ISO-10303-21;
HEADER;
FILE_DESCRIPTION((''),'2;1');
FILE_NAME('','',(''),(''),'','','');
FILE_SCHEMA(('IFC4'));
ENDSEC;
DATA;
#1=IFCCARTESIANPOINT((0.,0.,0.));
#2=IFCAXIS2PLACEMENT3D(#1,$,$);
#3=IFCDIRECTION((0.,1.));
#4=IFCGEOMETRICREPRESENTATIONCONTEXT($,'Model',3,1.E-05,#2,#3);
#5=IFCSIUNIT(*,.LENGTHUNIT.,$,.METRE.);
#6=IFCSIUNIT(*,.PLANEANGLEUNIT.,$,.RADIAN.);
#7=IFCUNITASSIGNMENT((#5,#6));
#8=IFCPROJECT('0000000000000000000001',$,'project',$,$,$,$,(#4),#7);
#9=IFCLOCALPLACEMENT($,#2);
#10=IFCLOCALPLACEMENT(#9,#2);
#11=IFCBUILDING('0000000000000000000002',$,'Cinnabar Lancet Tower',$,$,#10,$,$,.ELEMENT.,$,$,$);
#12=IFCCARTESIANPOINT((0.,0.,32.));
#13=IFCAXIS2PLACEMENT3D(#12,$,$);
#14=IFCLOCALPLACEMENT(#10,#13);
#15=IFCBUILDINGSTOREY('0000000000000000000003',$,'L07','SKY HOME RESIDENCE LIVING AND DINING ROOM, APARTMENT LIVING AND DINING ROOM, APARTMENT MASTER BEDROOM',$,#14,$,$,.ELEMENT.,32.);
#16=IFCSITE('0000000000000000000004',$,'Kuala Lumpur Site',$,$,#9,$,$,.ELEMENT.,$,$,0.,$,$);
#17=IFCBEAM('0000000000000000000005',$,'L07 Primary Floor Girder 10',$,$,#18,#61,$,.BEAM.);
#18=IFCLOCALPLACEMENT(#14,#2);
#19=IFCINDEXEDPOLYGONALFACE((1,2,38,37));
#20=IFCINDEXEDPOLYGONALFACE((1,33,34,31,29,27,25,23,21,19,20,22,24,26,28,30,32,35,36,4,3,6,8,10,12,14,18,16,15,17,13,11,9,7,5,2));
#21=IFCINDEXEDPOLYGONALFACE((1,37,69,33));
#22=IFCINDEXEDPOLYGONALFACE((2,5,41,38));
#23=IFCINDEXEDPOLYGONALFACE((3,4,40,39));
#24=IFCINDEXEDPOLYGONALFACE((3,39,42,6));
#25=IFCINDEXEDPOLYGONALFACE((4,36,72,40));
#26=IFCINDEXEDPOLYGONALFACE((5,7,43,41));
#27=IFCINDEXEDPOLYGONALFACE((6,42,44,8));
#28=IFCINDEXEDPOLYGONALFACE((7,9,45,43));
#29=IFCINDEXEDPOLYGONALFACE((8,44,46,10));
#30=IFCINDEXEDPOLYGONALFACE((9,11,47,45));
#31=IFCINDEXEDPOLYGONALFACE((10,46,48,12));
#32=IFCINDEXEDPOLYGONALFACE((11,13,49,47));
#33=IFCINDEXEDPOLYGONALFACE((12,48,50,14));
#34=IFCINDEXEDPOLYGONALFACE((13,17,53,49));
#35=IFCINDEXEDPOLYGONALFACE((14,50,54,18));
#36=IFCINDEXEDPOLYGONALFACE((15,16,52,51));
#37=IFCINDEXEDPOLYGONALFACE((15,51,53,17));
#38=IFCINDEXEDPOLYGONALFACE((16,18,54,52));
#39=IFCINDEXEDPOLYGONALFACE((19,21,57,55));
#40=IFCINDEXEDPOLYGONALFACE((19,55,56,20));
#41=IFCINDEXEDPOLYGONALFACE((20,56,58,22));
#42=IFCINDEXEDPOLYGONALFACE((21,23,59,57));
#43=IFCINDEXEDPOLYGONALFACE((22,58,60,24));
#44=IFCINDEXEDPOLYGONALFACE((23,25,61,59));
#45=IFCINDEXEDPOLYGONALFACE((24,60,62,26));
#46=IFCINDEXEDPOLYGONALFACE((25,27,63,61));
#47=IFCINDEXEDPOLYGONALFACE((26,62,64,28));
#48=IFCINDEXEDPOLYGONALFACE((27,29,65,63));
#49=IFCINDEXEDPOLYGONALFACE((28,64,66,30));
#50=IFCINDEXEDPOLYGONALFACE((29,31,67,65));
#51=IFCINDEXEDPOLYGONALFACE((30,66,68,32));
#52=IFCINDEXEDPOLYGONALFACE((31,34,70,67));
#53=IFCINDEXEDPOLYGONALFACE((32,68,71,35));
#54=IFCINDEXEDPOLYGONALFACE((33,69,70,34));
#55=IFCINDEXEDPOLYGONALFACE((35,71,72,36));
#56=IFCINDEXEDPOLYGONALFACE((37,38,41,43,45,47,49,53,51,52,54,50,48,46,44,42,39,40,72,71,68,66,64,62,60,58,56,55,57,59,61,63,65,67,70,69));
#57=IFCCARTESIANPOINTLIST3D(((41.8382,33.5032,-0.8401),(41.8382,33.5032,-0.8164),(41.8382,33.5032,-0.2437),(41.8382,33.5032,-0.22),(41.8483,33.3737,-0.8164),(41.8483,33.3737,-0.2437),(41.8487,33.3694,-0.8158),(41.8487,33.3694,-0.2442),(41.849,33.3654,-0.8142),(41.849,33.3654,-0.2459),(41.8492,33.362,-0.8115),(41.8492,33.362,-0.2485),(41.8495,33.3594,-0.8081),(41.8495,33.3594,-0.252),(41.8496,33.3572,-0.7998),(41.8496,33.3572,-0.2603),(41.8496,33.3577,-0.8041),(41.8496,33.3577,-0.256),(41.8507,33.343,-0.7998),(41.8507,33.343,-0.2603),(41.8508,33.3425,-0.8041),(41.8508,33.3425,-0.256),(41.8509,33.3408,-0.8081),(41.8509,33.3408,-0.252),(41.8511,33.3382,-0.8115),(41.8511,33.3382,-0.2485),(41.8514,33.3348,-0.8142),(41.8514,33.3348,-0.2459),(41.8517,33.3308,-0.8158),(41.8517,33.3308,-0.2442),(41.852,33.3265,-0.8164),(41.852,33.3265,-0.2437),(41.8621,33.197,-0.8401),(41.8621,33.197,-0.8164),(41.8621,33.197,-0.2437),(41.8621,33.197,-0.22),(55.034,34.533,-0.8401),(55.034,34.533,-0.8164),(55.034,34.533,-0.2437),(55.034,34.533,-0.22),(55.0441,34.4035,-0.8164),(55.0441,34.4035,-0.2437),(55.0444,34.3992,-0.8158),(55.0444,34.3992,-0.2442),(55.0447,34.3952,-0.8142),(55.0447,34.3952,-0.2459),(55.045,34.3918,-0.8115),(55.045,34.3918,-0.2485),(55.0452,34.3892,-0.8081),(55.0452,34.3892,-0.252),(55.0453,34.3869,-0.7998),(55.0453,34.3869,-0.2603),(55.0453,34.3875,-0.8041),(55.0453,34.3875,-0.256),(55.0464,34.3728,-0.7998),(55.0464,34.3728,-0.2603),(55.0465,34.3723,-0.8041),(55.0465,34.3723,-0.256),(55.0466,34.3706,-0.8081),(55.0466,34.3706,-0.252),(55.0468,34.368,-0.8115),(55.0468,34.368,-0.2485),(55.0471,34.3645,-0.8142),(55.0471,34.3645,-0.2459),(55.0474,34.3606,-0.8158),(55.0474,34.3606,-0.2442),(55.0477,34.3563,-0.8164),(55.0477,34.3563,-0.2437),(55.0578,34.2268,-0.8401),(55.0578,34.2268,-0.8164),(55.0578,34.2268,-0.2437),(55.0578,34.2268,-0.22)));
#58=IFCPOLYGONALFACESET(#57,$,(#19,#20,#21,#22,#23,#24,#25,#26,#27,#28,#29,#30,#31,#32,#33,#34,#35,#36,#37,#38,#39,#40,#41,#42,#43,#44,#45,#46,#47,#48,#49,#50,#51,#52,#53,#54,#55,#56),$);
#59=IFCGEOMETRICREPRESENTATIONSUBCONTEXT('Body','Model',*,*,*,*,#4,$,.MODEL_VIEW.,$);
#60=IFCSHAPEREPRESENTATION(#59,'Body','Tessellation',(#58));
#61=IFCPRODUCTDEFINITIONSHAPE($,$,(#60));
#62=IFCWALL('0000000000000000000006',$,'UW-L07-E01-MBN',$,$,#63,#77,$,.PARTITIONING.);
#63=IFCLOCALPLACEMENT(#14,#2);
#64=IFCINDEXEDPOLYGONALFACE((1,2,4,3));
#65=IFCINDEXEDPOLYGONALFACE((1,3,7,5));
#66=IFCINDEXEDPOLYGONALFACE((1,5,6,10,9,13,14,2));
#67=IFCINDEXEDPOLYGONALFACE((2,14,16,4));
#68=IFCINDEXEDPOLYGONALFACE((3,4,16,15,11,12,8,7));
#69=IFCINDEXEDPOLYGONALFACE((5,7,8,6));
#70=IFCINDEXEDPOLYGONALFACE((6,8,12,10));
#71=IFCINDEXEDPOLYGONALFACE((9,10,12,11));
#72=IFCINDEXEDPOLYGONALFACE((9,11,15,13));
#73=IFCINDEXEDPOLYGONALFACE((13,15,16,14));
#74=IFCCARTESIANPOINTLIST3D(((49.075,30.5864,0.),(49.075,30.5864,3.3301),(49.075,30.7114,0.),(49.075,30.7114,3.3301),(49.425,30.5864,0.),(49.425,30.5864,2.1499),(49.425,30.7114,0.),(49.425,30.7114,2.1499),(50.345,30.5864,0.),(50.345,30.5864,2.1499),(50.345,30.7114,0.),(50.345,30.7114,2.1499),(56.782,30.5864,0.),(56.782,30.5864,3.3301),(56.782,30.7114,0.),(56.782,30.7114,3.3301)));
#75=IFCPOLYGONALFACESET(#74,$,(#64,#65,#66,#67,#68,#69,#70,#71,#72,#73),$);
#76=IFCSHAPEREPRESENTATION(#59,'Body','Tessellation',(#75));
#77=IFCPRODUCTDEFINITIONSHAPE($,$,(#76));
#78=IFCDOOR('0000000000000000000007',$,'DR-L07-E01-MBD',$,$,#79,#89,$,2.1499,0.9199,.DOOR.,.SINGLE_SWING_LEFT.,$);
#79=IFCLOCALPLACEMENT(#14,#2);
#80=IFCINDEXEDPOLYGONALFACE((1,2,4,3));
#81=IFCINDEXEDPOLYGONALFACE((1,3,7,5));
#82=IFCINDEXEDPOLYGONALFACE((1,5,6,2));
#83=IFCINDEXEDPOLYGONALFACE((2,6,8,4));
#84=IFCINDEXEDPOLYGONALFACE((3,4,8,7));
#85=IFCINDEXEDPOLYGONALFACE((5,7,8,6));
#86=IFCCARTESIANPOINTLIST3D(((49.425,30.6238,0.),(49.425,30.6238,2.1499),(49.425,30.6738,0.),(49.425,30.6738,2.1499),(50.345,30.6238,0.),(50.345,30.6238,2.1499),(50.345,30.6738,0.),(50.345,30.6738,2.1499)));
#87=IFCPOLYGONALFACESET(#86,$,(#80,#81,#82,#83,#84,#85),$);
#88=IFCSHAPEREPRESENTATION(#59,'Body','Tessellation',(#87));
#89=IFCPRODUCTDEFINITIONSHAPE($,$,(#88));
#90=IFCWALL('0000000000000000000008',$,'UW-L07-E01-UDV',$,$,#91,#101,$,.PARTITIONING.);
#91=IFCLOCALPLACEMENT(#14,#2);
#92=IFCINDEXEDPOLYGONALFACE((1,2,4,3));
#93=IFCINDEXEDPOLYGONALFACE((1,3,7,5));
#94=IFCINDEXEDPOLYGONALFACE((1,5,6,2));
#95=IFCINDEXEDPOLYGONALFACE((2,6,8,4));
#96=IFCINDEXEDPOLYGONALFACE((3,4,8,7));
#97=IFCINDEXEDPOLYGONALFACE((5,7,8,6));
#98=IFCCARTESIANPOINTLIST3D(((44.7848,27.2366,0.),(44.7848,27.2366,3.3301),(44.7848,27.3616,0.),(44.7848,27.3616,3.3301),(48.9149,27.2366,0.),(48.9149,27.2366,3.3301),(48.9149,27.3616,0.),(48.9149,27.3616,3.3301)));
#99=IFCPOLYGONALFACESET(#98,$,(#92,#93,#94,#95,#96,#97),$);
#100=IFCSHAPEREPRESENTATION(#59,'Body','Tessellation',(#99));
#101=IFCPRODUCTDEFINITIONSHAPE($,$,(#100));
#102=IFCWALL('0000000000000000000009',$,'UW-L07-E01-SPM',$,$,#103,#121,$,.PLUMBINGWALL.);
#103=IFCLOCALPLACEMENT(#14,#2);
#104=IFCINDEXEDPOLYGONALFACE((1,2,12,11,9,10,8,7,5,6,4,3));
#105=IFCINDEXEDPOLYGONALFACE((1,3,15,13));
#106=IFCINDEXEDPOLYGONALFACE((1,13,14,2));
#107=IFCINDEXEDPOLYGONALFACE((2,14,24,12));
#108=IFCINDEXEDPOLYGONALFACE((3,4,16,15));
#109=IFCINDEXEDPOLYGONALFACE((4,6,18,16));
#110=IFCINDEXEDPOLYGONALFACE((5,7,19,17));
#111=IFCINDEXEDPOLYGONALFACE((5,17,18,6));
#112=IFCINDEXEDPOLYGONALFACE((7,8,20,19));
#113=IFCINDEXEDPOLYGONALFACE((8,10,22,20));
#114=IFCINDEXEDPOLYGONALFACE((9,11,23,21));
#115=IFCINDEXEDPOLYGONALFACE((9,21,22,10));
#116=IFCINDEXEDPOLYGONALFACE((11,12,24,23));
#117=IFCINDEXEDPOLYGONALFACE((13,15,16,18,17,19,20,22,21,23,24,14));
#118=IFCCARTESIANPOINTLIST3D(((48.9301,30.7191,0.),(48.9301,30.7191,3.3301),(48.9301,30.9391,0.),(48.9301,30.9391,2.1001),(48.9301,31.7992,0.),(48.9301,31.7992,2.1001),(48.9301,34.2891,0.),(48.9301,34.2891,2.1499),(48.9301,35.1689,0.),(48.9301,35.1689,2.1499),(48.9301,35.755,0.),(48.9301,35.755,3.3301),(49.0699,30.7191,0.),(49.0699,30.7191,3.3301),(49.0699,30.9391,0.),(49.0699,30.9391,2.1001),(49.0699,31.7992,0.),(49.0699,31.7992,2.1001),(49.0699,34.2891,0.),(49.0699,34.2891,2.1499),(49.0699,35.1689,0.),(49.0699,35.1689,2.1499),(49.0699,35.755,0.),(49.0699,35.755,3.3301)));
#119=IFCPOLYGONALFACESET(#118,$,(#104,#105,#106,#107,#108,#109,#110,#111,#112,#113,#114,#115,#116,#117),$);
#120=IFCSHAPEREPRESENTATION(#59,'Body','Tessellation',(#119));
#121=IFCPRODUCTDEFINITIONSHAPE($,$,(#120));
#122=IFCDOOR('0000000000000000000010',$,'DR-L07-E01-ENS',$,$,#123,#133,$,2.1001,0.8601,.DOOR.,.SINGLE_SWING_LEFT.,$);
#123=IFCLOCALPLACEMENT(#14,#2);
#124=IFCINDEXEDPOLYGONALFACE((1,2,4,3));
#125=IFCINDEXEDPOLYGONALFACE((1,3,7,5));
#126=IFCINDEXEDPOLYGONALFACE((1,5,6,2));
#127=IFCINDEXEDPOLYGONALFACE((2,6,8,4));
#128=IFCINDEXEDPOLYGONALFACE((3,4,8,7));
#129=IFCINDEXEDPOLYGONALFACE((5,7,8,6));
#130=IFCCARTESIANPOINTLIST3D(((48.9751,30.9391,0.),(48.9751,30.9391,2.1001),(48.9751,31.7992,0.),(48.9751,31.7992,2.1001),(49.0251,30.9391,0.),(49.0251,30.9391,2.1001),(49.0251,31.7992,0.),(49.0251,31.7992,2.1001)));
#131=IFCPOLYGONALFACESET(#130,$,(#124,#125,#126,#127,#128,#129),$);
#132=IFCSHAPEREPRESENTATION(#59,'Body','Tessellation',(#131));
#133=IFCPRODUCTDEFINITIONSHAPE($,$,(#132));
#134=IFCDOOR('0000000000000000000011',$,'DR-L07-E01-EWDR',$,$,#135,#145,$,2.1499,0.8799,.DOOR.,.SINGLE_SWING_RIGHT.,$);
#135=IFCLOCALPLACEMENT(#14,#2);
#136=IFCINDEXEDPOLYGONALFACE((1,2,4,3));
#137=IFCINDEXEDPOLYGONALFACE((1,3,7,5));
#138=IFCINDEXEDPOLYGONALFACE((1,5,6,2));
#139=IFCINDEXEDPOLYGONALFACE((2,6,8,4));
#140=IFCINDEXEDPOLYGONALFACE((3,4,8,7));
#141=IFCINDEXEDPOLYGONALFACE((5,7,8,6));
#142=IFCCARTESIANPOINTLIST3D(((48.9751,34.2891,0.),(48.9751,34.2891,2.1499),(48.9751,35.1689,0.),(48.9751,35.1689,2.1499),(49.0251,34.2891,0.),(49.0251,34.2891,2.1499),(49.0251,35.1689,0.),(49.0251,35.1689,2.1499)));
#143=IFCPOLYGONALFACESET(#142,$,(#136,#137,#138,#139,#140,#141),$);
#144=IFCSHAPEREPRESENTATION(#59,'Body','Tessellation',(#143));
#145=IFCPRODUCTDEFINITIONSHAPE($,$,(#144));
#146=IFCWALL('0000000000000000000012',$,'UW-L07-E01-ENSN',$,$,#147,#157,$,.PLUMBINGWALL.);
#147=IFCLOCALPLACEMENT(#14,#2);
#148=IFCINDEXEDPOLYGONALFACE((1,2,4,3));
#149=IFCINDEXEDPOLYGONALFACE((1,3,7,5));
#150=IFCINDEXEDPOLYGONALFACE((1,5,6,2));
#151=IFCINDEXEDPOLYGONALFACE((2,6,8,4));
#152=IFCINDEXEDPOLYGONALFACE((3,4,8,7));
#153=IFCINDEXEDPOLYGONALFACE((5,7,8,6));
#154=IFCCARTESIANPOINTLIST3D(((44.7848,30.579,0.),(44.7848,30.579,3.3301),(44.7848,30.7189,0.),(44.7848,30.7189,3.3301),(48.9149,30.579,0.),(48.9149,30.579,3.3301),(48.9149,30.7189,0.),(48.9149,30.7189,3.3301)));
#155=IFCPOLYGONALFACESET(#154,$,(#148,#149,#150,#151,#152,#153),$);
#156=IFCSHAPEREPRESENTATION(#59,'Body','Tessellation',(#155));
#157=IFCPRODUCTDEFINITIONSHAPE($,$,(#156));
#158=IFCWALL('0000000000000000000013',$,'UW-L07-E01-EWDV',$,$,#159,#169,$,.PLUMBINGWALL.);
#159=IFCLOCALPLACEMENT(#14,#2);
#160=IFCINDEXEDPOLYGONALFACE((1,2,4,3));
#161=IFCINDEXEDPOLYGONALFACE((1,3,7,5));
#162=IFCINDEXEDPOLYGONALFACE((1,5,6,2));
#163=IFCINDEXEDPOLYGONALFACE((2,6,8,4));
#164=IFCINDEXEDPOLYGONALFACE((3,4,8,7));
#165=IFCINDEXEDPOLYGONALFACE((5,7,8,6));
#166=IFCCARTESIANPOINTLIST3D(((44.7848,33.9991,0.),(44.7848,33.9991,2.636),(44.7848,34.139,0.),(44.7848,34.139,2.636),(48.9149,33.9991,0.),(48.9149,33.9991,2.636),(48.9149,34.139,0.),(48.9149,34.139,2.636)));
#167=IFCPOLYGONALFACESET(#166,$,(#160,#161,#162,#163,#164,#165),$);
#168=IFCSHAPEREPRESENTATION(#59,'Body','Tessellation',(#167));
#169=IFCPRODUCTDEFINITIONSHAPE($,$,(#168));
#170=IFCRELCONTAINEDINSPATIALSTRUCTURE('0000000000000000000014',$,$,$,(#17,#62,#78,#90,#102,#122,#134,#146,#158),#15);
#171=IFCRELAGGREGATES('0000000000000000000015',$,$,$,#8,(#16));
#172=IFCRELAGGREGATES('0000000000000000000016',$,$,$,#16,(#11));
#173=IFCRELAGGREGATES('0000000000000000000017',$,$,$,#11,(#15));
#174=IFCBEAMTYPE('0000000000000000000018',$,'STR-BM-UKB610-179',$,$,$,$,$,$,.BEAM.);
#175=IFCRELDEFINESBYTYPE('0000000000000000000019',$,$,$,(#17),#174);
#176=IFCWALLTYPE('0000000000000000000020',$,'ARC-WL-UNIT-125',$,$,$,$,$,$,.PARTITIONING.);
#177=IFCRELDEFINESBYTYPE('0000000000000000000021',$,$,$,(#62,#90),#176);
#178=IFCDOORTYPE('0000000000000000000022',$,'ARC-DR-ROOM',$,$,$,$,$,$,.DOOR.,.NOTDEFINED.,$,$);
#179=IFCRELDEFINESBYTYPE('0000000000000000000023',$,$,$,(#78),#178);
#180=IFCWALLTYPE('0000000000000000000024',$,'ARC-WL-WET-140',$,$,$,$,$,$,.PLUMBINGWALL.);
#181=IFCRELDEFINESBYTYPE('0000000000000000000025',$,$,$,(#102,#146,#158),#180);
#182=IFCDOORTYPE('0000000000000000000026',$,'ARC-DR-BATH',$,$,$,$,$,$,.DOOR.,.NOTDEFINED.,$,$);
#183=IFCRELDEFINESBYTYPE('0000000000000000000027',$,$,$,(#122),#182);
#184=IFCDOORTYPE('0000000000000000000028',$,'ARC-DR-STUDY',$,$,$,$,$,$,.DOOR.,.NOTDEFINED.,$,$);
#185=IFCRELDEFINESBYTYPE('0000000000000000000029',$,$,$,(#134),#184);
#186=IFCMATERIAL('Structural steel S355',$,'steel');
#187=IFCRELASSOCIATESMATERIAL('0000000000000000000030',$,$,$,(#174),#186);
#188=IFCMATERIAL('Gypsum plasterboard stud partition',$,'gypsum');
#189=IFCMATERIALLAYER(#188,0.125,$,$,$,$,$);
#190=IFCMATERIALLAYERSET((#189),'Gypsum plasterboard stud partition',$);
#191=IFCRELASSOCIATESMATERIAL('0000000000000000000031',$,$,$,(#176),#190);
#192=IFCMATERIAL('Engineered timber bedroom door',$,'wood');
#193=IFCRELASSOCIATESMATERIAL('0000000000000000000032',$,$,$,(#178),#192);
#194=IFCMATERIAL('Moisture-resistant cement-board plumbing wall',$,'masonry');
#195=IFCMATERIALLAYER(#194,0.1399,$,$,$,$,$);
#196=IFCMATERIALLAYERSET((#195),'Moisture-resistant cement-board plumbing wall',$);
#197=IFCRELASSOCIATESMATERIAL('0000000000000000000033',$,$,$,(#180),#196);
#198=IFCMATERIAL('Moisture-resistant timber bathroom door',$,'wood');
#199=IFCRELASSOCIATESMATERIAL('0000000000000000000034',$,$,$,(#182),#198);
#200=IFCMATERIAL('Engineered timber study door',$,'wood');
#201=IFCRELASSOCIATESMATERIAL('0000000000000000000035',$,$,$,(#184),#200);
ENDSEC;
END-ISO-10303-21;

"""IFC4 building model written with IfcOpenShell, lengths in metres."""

from ifc_helpers import new_model, si_unit, direction, frame, frame_2d, origin, origin_2d, place, context, subcontext, project, spatial, rectangle, i_section, extrude, material, layer, layer_set, material_profile, profile_set, type_object, element, fill, save


model = new_model("IFC4")

# Units and contexts
model_context = context("Model", 3, precision=1e-05, world=origin(), true_north=direction((0.0, 1.0)))
body_context = subcontext(model_context, "Body", "Model", "MODEL_VIEW")
ifc_project = project(units=[si_unit("LENGTHUNIT", "METRE"), si_unit("PLANEANGLEUNIT", "RADIAN")], contexts=[model_context])

# Site, building, storey
site_placement = place(None, origin())
site = spatial("IfcSite", under=ifc_project, at=site_placement, Name="Kuala Lumpur Site", CompositionType="ELEMENT", RefElevation=0.0)
building_placement = place(site_placement, origin())
building = spatial("IfcBuilding", under=site, at=building_placement, Name="Cinnabar Lancet Tower", CompositionType="ELEMENT")
storey_placement = place(building_placement, frame((0.0, 0.0, 32.0)))
storey = spatial("IfcBuildingStorey", under=building, at=storey_placement, Name="L07", Description="SKY HOME RESIDENCE LIVING AND DINING ROOM, APARTMENT LIVING AND DINING ROOM, APARTMENT MASTER BEDROOM", CompositionType="ELEMENT", Elevation=32.0)

# Beam
ifc_material_1 = material(Name="Structural steel S355", Category="steel")
ifc_material_profile_1 = material_profile(ifc_material_1, i_section(OverallWidth=0.3071, OverallDepth=0.6201, WebThickness=0.0142, FlangeThickness=0.0237, FilletRadius=0.0166, at=origin_2d()), Name="UKB 610x305x179")
ifc_profile_set_1 = profile_set([ifc_material_profile_1], Name="Structural steel S355")
beam_type_1 = type_object("IfcBeamType", Name="STR-BM-UKB610-179", PredefinedType="BEAM", material=ifc_profile_set_1)
beam_1_placement = place(storey_placement, frame((55.0459, 34.3799, -0.53), z_axis=(-0.996969, -0.077802, 0.0), x_axis=(0.077802, -0.996969, 0.0)))
element("IfcBeam", 1, at=beam_1_placement, inside=storey, type_object=beam_type_1, Name="L07 Primary Floor Girder 10", PredefinedType="BEAM", context=body_context, shape_type="SweptSolid", body=[
    extrude(i_section(OverallWidth=0.3071, OverallDepth=0.6201, WebThickness=0.0142, FlangeThickness=0.0237, FilletRadius=0.0166, at=origin_2d()), origin(), (0.0, 0.0, 1.0), 13.2358),
])

# Wall, opening, door
ifc_material_2 = material(Name="Gypsum plasterboard stud partition", Category="gypsum")
ifc_layer_1 = layer(ifc_material_2, 0.125)
ifc_layer_set_1 = layer_set([ifc_layer_1], Name="Gypsum plasterboard stud partition")
wall_type_1 = type_object("IfcWallType", Name="ARC-WL-UNIT-125", PredefinedType="PARTITIONING", material=ifc_layer_set_1)
wall_1_placement = place(storey_placement, frame((49.075, 30.6489, 0.0), z_axis=(0.0, 0.0, 1.0), x_axis=(1.0, 0.0, 0.0)))
wall_1 = element("IfcWall", 2, at=wall_1_placement, inside=storey, type_object=wall_type_1, Name="UW-L07-E01-MBN", PredefinedType="PARTITIONING", context=body_context, shape_type="SweptSolid", body=[
    extrude(rectangle(XDim=7.707, YDim=0.125, at=frame_2d((3.8535, 0.0))), origin(), (0.0, 0.0, 1.0), 3.3301),
])
opening_1_placement = place(wall_1_placement, frame((0.3501, 0.0, 0.0)))
opening_1 = element("IfcOpeningElement", 3, at=opening_1_placement, cuts=wall_1, PredefinedType="OPENING", context=body_context, shape_type="SweptSolid", body=[
    extrude(rectangle(XDim=0.9199, YDim=2.1499, at=frame_2d((0.46, 1.075))), frame((0.0, 0.0725, 0.0), z_axis=(0.0, -1.0, 0.0), x_axis=(1.0, 0.0, 0.0)), (0.0, 0.0, 1.0), 0.145),
])
ifc_material_3 = material(Name="Engineered timber bedroom door", Category="wood")
door_type_1 = type_object("IfcDoorType", Name="ARC-DR-ROOM", OperationType="NOTDEFINED", PredefinedType="DOOR", material=ifc_material_3)
door_1_placement = place(opening_1_placement, origin())
door_1 = element("IfcDoor", 4, at=door_1_placement, inside=storey, type_object=door_type_1, Name="DR-L07-E01-MBD", OperationType="SINGLE_SWING_LEFT", OverallHeight=2.1499, OverallWidth=0.9199, PredefinedType="DOOR", context=body_context, shape_type="SweptSolid", body=[
    extrude(rectangle(XDim=0.9199, YDim=2.1499, at=frame_2d((0.46, 1.075))), frame((0.0, 0.0249, 0.0), z_axis=(0.0, -1.0, 0.0), x_axis=(1.0, 0.0, 0.0)), (0.0, 0.0, 1.0), 0.05),
])
fill(opening_1, door_1)

# Wall
wall_2_placement = place(storey_placement, frame((44.7849, 27.2991, 0.0), z_axis=(0.0, 0.0, 1.0), x_axis=(1.0, 0.0, 0.0)))
element("IfcWall", 5, at=wall_2_placement, inside=storey, type_object=wall_type_1, Name="UW-L07-E01-UDV", PredefinedType="PARTITIONING", context=body_context, shape_type="SweptSolid", body=[
    extrude(rectangle(XDim=4.1301, YDim=0.125, at=frame_2d((2.0649, 0.0))), origin(), (0.0, 0.0, 1.0), 3.3301),
])

# Wall, openings, doors
ifc_material_4 = material(Name="Moisture-resistant cement-board plumbing wall", Category="masonry")
ifc_layer_2 = layer(ifc_material_4, 0.1399)
ifc_layer_set_2 = layer_set([ifc_layer_2], Name="Moisture-resistant cement-board plumbing wall")
wall_type_2 = type_object("IfcWallType", Name="ARC-WL-WET-140", PredefinedType="PLUMBINGWALL", material=ifc_layer_set_2)
wall_3_placement = place(storey_placement, frame((49.0, 30.719, 0.0), z_axis=(0.0, 0.0, 1.0), x_axis=(0.0, 1.0, 0.0)))
wall_3 = element("IfcWall", 6, at=wall_3_placement, inside=storey, type_object=wall_type_2, Name="UW-L07-E01-SPM", PredefinedType="PLUMBINGWALL", context=body_context, shape_type="SweptSolid", body=[
    extrude(rectangle(XDim=5.0359, YDim=0.1399, at=frame_2d((2.5181, 0.0))), origin(), (0.0, 0.0, 1.0), 3.3301),
])
opening_2_placement = place(wall_3_placement, frame((0.22, 0.0, 0.0)))
opening_2 = element("IfcOpeningElement", 7, at=opening_2_placement, cuts=wall_3, PredefinedType="OPENING", context=body_context, shape_type="SweptSolid", body=[
    extrude(rectangle(XDim=0.8601, YDim=2.1001, at=frame_2d((0.4302, 1.05))), frame((0.0, 0.0798, 0.0), z_axis=(0.0, -1.0, 0.0), x_axis=(1.0, 0.0, 0.0)), (0.0, 0.0, 1.0), 0.1599),
])
opening_3_placement = place(wall_3_placement, frame((3.5701, 0.0, 0.0)))
opening_3 = element("IfcOpeningElement", 8, at=opening_3_placement, cuts=wall_3, PredefinedType="OPENING", context=body_context, shape_type="SweptSolid", body=[
    extrude(rectangle(XDim=0.8799, YDim=2.1499, at=frame_2d((0.4399, 1.075))), frame((0.0, 0.0798, 0.0), z_axis=(0.0, -1.0, 0.0), x_axis=(1.0, 0.0, 0.0)), (0.0, 0.0, 1.0), 0.1599),
])
ifc_material_5 = material(Name="Moisture-resistant timber bathroom door", Category="wood")
door_type_2 = type_object("IfcDoorType", Name="ARC-DR-BATH", OperationType="NOTDEFINED", PredefinedType="DOOR", material=ifc_material_5)
door_2_placement = place(opening_2_placement, origin())
door_2 = element("IfcDoor", 9, at=door_2_placement, inside=storey, type_object=door_type_2, Name="DR-L07-E01-ENS", OperationType="SINGLE_SWING_LEFT", OverallHeight=2.1001, OverallWidth=0.8601, PredefinedType="DOOR", context=body_context, shape_type="SweptSolid", body=[
    extrude(rectangle(XDim=0.8601, YDim=2.1001, at=frame_2d((0.4302, 1.05))), frame((0.0, 0.0249, 0.0), z_axis=(0.0, -1.0, 0.0), x_axis=(1.0, 0.0, 0.0)), (0.0, 0.0, 1.0), 0.05),
])
fill(opening_2, door_2)
ifc_material_6 = material(Name="Engineered timber study door", Category="wood")
door_type_3 = type_object("IfcDoorType", Name="ARC-DR-STUDY", OperationType="NOTDEFINED", PredefinedType="DOOR", material=ifc_material_6)
door_3_placement = place(opening_3_placement, origin())
door_3 = element("IfcDoor", 10, at=door_3_placement, inside=storey, type_object=door_type_3, Name="DR-L07-E01-EWDR", OperationType="SINGLE_SWING_RIGHT", OverallHeight=2.1499, OverallWidth=0.8799, PredefinedType="DOOR", context=body_context, shape_type="SweptSolid", body=[
    extrude(rectangle(XDim=0.8799, YDim=2.1499, at=frame_2d((0.4399, 1.075))), frame((0.0, 0.0249, 0.0), z_axis=(0.0, -1.0, 0.0), x_axis=(1.0, 0.0, 0.0)), (0.0, 0.0, 1.0), 0.05),
])
fill(opening_3, door_3)

# Walls
wall_4_placement = place(storey_placement, frame((44.7849, 30.6489, 0.0), z_axis=(0.0, 0.0, 1.0), x_axis=(1.0, 0.0, 0.0)))
element("IfcWall", 11, at=wall_4_placement, inside=storey, type_object=wall_type_2, Name="UW-L07-E01-ENSN", PredefinedType="PLUMBINGWALL", context=body_context, shape_type="SweptSolid", body=[
    extrude(rectangle(XDim=4.1301, YDim=0.1399, at=frame_2d((2.0649, 0.0))), origin(), (0.0, 0.0, 1.0), 3.3301),
])
wall_5_placement = place(storey_placement, frame((44.7849, 34.0691, 0.0), z_axis=(0.0, 0.0, 1.0), x_axis=(1.0, 0.0, 0.0)))
element("IfcWall", 12, at=wall_5_placement, inside=storey, type_object=wall_type_2, Name="UW-L07-E01-EWDV", PredefinedType="PLUMBINGWALL", context=body_context, shape_type="SweptSolid", body=[
    extrude(rectangle(XDim=4.1301, YDim=0.1399, at=frame_2d((2.0649, 0.0))), origin(), (0.0, 0.0, 1.0), 2.636),
])

save(model, "model.ifc")
